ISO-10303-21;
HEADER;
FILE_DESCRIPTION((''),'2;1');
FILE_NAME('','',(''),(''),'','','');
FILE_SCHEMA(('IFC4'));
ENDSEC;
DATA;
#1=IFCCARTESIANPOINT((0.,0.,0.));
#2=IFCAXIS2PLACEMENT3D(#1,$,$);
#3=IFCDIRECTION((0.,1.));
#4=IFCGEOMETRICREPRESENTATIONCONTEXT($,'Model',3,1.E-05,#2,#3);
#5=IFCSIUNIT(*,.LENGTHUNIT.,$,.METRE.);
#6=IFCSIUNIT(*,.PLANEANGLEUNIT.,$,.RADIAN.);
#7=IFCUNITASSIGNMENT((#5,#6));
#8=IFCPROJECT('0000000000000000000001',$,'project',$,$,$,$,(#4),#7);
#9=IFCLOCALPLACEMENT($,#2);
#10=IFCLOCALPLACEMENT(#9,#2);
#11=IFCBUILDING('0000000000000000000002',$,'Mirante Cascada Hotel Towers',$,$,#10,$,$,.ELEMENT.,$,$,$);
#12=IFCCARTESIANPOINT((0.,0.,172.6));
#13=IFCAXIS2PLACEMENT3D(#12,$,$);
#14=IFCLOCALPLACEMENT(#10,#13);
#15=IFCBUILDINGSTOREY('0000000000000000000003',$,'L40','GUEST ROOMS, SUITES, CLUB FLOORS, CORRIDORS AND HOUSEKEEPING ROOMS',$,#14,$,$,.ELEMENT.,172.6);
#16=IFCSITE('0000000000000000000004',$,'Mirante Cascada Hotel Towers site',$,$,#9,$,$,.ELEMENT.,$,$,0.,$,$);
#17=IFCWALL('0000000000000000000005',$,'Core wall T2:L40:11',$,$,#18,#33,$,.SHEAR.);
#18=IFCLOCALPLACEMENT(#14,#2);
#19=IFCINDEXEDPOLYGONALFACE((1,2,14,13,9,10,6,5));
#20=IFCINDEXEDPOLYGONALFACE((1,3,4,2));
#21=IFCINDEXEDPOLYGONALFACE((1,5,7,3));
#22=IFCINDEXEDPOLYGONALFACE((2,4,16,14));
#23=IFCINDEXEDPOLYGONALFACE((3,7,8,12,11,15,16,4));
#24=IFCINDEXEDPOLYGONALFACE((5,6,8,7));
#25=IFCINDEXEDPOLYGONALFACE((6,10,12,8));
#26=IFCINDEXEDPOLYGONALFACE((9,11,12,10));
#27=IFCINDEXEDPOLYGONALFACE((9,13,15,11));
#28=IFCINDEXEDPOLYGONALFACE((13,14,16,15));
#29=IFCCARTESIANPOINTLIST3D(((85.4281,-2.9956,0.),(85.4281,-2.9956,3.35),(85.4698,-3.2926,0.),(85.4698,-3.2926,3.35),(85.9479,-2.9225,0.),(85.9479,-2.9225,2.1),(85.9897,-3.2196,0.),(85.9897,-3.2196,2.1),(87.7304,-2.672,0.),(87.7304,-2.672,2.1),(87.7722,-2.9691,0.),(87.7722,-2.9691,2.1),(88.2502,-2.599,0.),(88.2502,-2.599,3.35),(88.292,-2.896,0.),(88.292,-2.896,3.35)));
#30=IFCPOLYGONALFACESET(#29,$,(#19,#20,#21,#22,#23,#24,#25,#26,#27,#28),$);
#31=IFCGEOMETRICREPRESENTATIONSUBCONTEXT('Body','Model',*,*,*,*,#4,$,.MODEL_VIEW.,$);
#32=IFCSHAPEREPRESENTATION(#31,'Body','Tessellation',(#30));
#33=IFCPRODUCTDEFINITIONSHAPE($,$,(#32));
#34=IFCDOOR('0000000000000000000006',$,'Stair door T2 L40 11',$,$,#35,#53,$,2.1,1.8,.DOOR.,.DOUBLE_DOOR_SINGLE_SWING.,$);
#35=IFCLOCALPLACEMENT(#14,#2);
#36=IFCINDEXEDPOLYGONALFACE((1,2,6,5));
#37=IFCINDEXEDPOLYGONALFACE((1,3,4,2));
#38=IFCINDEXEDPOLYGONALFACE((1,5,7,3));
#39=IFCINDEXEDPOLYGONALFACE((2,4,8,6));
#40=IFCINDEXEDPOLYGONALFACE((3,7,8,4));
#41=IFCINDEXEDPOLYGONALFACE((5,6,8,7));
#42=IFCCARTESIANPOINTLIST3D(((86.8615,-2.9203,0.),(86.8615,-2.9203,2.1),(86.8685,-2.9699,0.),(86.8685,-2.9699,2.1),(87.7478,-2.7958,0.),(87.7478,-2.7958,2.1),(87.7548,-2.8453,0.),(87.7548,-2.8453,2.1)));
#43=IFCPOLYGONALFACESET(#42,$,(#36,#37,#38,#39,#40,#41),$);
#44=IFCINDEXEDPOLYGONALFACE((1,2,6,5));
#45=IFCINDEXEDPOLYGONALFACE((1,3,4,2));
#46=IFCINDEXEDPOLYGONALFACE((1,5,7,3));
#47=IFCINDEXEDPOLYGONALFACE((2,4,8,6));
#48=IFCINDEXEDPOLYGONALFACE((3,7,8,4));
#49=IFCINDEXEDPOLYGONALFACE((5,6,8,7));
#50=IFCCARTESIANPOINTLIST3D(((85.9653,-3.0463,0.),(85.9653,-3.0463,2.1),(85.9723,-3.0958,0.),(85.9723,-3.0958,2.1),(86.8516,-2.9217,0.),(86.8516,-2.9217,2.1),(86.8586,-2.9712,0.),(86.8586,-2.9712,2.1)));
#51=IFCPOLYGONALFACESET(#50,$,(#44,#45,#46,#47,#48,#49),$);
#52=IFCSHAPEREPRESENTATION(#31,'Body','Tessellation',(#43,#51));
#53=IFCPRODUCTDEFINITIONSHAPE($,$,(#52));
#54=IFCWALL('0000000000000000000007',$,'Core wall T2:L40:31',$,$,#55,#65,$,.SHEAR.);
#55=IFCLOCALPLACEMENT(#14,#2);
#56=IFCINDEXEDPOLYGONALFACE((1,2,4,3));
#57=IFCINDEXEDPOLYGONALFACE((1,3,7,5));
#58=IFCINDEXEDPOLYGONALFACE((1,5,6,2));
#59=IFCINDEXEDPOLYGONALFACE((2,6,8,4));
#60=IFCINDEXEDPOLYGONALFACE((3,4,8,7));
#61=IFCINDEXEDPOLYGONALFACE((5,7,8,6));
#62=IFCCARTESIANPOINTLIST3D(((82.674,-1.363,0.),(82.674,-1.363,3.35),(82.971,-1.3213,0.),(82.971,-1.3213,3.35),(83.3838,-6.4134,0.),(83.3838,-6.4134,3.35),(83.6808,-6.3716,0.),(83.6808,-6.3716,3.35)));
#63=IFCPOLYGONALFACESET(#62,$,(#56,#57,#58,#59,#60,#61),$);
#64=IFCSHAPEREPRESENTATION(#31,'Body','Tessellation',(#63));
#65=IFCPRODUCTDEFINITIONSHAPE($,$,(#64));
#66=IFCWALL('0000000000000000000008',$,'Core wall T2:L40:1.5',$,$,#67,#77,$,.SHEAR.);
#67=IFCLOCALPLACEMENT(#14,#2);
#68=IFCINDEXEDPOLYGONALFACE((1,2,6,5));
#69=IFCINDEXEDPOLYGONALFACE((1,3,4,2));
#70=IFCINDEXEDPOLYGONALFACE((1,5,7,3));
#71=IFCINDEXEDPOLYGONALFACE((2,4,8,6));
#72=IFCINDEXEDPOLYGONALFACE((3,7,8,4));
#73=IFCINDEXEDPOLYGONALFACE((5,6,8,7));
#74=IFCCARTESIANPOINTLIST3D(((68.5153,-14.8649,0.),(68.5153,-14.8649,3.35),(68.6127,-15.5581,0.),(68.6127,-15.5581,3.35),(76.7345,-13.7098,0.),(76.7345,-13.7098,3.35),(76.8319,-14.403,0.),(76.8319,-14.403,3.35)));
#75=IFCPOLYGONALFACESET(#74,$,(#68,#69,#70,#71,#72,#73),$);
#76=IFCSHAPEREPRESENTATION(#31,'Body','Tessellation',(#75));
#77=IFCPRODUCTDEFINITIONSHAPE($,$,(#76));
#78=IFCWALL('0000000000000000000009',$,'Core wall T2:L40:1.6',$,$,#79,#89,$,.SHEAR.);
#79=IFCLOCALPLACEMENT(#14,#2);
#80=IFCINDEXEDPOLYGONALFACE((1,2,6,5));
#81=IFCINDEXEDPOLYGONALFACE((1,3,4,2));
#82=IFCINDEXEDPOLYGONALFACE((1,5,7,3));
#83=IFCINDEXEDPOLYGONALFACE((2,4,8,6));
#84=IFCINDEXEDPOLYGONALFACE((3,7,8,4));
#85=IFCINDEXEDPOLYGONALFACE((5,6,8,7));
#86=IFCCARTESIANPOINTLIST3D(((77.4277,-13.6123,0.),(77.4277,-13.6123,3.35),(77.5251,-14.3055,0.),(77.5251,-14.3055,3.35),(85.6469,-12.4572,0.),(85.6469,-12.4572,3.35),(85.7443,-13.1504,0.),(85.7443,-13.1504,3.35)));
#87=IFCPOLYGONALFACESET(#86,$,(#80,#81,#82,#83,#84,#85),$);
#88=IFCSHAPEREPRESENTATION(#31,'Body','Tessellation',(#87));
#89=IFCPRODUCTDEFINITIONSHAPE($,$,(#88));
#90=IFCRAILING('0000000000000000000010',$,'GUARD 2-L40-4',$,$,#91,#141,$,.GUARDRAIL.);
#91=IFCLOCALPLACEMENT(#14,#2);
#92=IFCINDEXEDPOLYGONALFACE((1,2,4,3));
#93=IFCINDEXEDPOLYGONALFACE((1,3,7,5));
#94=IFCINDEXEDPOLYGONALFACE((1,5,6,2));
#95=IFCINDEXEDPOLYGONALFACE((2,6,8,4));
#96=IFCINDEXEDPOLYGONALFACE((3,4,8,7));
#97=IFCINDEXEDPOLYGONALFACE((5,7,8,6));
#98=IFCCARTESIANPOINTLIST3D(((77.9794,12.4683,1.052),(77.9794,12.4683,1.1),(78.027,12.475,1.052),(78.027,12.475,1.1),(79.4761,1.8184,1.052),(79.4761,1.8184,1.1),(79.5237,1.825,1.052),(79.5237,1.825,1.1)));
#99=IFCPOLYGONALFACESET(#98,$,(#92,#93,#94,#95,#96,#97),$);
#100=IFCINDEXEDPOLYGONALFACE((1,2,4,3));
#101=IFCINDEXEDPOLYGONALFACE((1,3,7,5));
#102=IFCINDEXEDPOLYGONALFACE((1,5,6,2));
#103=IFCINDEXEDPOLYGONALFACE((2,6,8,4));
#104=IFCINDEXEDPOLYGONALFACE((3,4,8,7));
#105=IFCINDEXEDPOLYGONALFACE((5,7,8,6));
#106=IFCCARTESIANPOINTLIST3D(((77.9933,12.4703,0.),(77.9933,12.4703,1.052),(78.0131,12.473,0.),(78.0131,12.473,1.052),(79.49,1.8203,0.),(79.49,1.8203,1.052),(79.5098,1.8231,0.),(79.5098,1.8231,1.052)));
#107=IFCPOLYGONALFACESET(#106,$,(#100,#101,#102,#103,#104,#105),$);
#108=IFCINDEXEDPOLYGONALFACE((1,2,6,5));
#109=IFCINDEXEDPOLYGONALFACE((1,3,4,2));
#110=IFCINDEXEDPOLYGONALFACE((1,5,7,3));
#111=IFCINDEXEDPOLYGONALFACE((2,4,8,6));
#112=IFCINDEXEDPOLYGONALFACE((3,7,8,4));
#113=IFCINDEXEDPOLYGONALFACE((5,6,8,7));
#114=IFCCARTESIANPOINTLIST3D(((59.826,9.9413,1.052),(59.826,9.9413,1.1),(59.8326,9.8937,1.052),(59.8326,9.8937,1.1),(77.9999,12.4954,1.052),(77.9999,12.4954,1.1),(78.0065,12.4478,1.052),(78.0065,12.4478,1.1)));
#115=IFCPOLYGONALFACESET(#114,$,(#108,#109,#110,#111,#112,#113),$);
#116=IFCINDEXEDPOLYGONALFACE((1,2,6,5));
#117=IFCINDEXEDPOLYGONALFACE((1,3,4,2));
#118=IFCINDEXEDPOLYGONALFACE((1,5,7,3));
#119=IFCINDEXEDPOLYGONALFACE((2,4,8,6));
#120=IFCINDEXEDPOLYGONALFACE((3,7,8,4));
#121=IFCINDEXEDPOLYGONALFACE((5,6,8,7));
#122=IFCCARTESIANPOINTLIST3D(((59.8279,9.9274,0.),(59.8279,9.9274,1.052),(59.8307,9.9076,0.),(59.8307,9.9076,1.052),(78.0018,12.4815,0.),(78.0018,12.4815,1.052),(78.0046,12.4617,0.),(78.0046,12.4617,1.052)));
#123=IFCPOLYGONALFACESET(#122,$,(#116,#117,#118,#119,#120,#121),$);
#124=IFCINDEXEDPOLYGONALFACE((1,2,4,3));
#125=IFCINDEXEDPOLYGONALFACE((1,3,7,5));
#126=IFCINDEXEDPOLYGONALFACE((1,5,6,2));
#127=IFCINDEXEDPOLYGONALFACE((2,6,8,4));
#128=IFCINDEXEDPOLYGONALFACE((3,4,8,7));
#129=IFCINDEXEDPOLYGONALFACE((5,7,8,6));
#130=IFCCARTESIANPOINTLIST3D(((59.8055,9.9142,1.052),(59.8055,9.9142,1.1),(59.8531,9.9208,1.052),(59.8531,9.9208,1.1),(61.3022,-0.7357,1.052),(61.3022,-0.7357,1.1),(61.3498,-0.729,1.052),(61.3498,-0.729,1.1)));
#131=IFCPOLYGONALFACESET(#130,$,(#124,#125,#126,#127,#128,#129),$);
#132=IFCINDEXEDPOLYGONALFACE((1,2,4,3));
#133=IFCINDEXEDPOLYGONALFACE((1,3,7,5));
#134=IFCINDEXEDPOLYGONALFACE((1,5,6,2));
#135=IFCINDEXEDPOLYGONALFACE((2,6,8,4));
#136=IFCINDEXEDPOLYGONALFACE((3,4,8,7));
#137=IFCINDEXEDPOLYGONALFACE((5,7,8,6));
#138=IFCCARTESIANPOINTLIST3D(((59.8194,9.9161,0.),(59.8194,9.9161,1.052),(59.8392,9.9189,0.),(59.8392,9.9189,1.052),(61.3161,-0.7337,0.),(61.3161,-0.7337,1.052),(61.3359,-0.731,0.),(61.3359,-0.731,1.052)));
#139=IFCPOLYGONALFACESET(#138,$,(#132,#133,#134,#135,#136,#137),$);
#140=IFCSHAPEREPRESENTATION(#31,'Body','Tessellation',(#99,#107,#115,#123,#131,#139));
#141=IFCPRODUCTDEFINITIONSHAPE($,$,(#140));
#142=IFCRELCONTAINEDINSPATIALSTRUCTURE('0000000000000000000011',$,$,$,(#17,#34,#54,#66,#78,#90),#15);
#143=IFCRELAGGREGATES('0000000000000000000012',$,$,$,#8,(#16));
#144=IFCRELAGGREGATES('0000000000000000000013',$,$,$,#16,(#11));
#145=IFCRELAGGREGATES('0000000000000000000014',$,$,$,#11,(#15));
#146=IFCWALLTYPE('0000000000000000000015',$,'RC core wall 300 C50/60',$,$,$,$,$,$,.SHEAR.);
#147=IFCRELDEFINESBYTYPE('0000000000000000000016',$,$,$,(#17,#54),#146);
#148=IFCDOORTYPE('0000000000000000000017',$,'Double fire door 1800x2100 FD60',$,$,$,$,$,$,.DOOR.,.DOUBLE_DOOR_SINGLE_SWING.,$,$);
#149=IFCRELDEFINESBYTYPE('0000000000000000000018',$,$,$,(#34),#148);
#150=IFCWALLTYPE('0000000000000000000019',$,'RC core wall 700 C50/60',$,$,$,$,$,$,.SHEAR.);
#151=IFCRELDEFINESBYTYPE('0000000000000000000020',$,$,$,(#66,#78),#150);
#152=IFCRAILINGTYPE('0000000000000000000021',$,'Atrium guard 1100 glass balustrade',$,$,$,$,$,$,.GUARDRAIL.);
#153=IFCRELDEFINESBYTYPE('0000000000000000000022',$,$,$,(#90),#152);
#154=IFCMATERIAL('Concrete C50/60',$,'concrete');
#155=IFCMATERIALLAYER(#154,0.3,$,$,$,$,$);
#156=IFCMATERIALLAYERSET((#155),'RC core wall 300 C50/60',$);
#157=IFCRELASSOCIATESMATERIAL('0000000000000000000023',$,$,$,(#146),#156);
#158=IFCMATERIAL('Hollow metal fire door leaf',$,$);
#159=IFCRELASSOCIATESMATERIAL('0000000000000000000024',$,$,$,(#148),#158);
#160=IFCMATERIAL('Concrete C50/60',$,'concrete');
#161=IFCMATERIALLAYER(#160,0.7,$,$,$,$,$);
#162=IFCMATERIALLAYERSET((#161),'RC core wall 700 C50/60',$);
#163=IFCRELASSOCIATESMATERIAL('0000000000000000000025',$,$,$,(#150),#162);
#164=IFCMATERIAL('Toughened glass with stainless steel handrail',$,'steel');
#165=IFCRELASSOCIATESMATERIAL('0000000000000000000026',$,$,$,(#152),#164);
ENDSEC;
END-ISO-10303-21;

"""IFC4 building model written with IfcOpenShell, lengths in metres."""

from ifc_helpers import new_model, si_unit, direction, frame, frame_2d, origin, origin_2d, place, context, subcontext, project, spatial, rectangle, extrude, material, layer, layer_set, type_object, element, fill, save


model = new_model("IFC4")

# Units and contexts
model_context = context("Model", 3, precision=1e-05, world=origin(), true_north=direction((0.0, 1.0)))
body_context = subcontext(model_context, "Body", "Model", "MODEL_VIEW")
ifc_project = project(units=[si_unit("LENGTHUNIT", "METRE"), si_unit("PLANEANGLEUNIT", "RADIAN")], contexts=[model_context])

# Site, building, storey
site_placement = place(None, origin())
site = spatial("IfcSite", under=ifc_project, at=site_placement, Name="Mirante Cascada Hotel Towers site", CompositionType="ELEMENT", RefElevation=0.0)
building_placement = place(site_placement, origin())
building = spatial("IfcBuilding", under=site, at=building_placement, Name="Mirante Cascada Hotel Towers", CompositionType="ELEMENT")
storey_placement = place(building_placement, frame((0.0, 0.0, 172.6)))
storey = spatial("IfcBuildingStorey", under=building, at=storey_placement, Name="L40", Description="GUEST ROOMS, SUITES, CLUB FLOORS, CORRIDORS AND HOUSEKEEPING ROOMS", CompositionType="ELEMENT", Elevation=172.6)

# Wall, opening, door
ifc_material_1 = material(Name="Concrete C50/60", Category="concrete")
ifc_layer_1 = layer(ifc_material_1, 0.3)
ifc_layer_set_1 = layer_set([ifc_layer_1], Name="RC core wall 300 C50/60")
wall_type_1 = type_object("IfcWallType", Name="RC core wall 300 C50/60", PredefinedType="SHEAR", material=ifc_layer_set_1)
wall_1_placement = place(storey_placement, frame((85.4489, -3.1441, 0.0), z_axis=(0.0, 0.0, 1.0), x_axis=(0.99027, 0.139161, 0.0)))
wall_1 = element("IfcWall", 1, at=wall_1_placement, inside=storey, type_object=wall_type_1, Name="Core wall T2:L40:11", PredefinedType="SHEAR", context=body_context, shape_type="SweptSolid", body=[
    extrude(rectangle(XDim=2.8499, YDim=0.3, at=frame_2d((1.425, 0.0))), origin(), (0.0, 0.0, 1.0), 3.35),
])
opening_1_placement = place(wall_1_placement, frame((0.525, 0.0, 0.0)))
opening_1 = element("IfcOpeningElement", 2, at=opening_1_placement, cuts=wall_1, PredefinedType="OPENING", context=body_context, shape_type="SweptSolid", body=[
    extrude(rectangle(XDim=1.8, YDim=2.1, at=frame_2d((0.9, 1.05))), frame((0.0, 0.15, 0.0), z_axis=(0.0, -1.0, 0.0), x_axis=(1.0, 0.0, 0.0)), (0.0, 0.0, 1.0), 0.3),
])
ifc_material_2 = material(Name="Hollow metal fire door leaf")
door_type_1 = type_object("IfcDoorType", Name="Double fire door 1800x2100 FD60", OperationType="DOUBLE_DOOR_SINGLE_SWING", PredefinedType="DOOR", material=ifc_material_2)
door_1_placement = place(opening_1_placement, frame((1.8, 0.0, 0.0), z_axis=(0.0, 0.0, 1.0), x_axis=(-1.0, 0.0, 0.0)))
door_1 = element("IfcDoor", 3, at=door_1_placement, inside=storey, type_object=door_type_1, Name="Stair door T2 L40 11", OperationType="DOUBLE_DOOR_SINGLE_SWING", OverallHeight=2.1, OverallWidth=1.8, PredefinedType="DOOR", context=body_context, shape_type="SweptSolid", body=[
    extrude(rectangle(XDim=0.895, YDim=2.1, at=frame_2d((0.4475, 1.05))), frame((0.0, 0.025, 0.0), z_axis=(0.0, -1.0, 0.0), x_axis=(1.0, 0.0, 0.0)), (0.0, 0.0, 1.0), 0.05),
    extrude(rectangle(XDim=0.895, YDim=2.1, at=frame_2d((1.3525, 1.05))), frame((0.0, 0.025, 0.0), z_axis=(0.0, -1.0, 0.0), x_axis=(1.0, 0.0, 0.0)), (0.0, 0.0, 1.0), 0.05),
])
fill(opening_1, door_1)

# Walls
wall_2_placement = place(storey_placement, frame((83.5323, -6.3925, 0.0), z_axis=(0.0, 0.0, 1.0), x_axis=(-0.139176, 0.990268, 0.0)))
element("IfcWall", 4, at=wall_2_placement, inside=storey, type_object=wall_type_1, Name="Core wall T2:L40:31", PredefinedType="SHEAR", context=body_context, shape_type="SweptSolid", body=[
    extrude(rectangle(XDim=5.1, YDim=0.3, at=frame_2d((2.55, 0.0))), origin(), (0.0, 0.0, 1.0), 3.35),
])
ifc_material_3 = material(Name="Concrete C50/60", Category="concrete")
ifc_layer_2 = layer(ifc_material_3, 0.7)
ifc_layer_set_2 = layer_set([ifc_layer_2], Name="RC core wall 700 C50/60")
wall_type_2 = type_object("IfcWallType", Name="RC core wall 700 C50/60", PredefinedType="SHEAR", material=ifc_layer_set_2)
for number, where, z_axis, x_axis, name in (
    (5, (68.564, -15.2115, 0.0), (0.0, 0.0, 1.0), (0.990269, 0.139169, 0.0), "Core wall T2:L40:1.5"),
    (6, (77.4764, -13.9589, 0.0), (0.0, 0.0, 1.0), (0.990269, 0.139169, 0.0), "Core wall T2:L40:1.6"),
):
    element("IfcWall", number, at=place(storey_placement, frame(where, z_axis=z_axis, x_axis=x_axis)), inside=storey, type_object=wall_type_2, Name=name, PredefinedType="SHEAR", context=body_context, shape_type="SweptSolid", body=[
        extrude(rectangle(XDim=8.3, YDim=0.7, at=frame_2d((4.15, 0.0))), origin(), (0.0, 0.0, 1.0), 3.35),
    ])

# Railing
ifc_material_4 = material(Name="Toughened glass with stainless steel handrail", Category="steel")
railing_type = type_object("IfcRailingType", Name="Atrium guard 1100 glass balustrade", PredefinedType="GUARDRAIL", material=ifc_material_4)
railing_placement = place(storey_placement, frame((79.4999, 1.8217, 0.0)))
element("IfcRailing", 7, at=railing_placement, inside=storey, type_object=railing_type, Name="GUARD 2-L40-4", PredefinedType="GUARDRAIL", context=body_context, shape_type="SweptSolid", body=[
    extrude(rectangle(XDim=0.048, YDim=0.048, at=origin_2d()), frame((0.0, 0.0, 1.076), z_axis=(-0.139169, 0.990269, 0.0), x_axis=(-0.990269, -0.139169, 0.0)), (0.0, 0.0, 1.0), 10.7546),
    extrude(rectangle(XDim=0.02, YDim=1.052, at=origin_2d()), frame((0.0, 0.0, 0.526), z_axis=(-0.139169, 0.990269, 0.0), x_axis=(-0.990269, -0.139169, 0.0)), (0.0, 0.0, 1.0), 10.7546),
    extrude(rectangle(XDim=0.048, YDim=0.048, at=origin_2d()), frame((-1.4967, 10.6499, 1.076), z_axis=(-0.990269, -0.139169, 0.0), x_axis=(0.139169, -0.990269, 0.0)), (0.0, 0.0, 1.0), 18.3525),
    extrude(rectangle(XDim=0.02, YDim=1.052, at=origin_2d()), frame((-1.4967, 10.6499, 0.526), z_axis=(-0.990269, -0.139169, 0.0), x_axis=(0.139169, -0.990269, 0.0)), (0.0, 0.0, 1.0), 18.3525),
    extrude(rectangle(XDim=0.048, YDim=0.048, at=origin_2d()), frame((-19.6706, 8.0958, 1.076), z_axis=(0.13917, -0.990268, 0.0), x_axis=(0.990268, 0.13917, 0.0)), (0.0, 0.0, 1.0), 10.7545),
    extrude(rectangle(XDim=0.02, YDim=1.052, at=origin_2d()), frame((-19.6706, 8.0958, 0.526), z_axis=(0.13917, -0.990268, 0.0), x_axis=(0.990268, 0.13917, 0.0)), (0.0, 0.0, 1.0), 10.7545),
])

save(model, "model.ifc")
